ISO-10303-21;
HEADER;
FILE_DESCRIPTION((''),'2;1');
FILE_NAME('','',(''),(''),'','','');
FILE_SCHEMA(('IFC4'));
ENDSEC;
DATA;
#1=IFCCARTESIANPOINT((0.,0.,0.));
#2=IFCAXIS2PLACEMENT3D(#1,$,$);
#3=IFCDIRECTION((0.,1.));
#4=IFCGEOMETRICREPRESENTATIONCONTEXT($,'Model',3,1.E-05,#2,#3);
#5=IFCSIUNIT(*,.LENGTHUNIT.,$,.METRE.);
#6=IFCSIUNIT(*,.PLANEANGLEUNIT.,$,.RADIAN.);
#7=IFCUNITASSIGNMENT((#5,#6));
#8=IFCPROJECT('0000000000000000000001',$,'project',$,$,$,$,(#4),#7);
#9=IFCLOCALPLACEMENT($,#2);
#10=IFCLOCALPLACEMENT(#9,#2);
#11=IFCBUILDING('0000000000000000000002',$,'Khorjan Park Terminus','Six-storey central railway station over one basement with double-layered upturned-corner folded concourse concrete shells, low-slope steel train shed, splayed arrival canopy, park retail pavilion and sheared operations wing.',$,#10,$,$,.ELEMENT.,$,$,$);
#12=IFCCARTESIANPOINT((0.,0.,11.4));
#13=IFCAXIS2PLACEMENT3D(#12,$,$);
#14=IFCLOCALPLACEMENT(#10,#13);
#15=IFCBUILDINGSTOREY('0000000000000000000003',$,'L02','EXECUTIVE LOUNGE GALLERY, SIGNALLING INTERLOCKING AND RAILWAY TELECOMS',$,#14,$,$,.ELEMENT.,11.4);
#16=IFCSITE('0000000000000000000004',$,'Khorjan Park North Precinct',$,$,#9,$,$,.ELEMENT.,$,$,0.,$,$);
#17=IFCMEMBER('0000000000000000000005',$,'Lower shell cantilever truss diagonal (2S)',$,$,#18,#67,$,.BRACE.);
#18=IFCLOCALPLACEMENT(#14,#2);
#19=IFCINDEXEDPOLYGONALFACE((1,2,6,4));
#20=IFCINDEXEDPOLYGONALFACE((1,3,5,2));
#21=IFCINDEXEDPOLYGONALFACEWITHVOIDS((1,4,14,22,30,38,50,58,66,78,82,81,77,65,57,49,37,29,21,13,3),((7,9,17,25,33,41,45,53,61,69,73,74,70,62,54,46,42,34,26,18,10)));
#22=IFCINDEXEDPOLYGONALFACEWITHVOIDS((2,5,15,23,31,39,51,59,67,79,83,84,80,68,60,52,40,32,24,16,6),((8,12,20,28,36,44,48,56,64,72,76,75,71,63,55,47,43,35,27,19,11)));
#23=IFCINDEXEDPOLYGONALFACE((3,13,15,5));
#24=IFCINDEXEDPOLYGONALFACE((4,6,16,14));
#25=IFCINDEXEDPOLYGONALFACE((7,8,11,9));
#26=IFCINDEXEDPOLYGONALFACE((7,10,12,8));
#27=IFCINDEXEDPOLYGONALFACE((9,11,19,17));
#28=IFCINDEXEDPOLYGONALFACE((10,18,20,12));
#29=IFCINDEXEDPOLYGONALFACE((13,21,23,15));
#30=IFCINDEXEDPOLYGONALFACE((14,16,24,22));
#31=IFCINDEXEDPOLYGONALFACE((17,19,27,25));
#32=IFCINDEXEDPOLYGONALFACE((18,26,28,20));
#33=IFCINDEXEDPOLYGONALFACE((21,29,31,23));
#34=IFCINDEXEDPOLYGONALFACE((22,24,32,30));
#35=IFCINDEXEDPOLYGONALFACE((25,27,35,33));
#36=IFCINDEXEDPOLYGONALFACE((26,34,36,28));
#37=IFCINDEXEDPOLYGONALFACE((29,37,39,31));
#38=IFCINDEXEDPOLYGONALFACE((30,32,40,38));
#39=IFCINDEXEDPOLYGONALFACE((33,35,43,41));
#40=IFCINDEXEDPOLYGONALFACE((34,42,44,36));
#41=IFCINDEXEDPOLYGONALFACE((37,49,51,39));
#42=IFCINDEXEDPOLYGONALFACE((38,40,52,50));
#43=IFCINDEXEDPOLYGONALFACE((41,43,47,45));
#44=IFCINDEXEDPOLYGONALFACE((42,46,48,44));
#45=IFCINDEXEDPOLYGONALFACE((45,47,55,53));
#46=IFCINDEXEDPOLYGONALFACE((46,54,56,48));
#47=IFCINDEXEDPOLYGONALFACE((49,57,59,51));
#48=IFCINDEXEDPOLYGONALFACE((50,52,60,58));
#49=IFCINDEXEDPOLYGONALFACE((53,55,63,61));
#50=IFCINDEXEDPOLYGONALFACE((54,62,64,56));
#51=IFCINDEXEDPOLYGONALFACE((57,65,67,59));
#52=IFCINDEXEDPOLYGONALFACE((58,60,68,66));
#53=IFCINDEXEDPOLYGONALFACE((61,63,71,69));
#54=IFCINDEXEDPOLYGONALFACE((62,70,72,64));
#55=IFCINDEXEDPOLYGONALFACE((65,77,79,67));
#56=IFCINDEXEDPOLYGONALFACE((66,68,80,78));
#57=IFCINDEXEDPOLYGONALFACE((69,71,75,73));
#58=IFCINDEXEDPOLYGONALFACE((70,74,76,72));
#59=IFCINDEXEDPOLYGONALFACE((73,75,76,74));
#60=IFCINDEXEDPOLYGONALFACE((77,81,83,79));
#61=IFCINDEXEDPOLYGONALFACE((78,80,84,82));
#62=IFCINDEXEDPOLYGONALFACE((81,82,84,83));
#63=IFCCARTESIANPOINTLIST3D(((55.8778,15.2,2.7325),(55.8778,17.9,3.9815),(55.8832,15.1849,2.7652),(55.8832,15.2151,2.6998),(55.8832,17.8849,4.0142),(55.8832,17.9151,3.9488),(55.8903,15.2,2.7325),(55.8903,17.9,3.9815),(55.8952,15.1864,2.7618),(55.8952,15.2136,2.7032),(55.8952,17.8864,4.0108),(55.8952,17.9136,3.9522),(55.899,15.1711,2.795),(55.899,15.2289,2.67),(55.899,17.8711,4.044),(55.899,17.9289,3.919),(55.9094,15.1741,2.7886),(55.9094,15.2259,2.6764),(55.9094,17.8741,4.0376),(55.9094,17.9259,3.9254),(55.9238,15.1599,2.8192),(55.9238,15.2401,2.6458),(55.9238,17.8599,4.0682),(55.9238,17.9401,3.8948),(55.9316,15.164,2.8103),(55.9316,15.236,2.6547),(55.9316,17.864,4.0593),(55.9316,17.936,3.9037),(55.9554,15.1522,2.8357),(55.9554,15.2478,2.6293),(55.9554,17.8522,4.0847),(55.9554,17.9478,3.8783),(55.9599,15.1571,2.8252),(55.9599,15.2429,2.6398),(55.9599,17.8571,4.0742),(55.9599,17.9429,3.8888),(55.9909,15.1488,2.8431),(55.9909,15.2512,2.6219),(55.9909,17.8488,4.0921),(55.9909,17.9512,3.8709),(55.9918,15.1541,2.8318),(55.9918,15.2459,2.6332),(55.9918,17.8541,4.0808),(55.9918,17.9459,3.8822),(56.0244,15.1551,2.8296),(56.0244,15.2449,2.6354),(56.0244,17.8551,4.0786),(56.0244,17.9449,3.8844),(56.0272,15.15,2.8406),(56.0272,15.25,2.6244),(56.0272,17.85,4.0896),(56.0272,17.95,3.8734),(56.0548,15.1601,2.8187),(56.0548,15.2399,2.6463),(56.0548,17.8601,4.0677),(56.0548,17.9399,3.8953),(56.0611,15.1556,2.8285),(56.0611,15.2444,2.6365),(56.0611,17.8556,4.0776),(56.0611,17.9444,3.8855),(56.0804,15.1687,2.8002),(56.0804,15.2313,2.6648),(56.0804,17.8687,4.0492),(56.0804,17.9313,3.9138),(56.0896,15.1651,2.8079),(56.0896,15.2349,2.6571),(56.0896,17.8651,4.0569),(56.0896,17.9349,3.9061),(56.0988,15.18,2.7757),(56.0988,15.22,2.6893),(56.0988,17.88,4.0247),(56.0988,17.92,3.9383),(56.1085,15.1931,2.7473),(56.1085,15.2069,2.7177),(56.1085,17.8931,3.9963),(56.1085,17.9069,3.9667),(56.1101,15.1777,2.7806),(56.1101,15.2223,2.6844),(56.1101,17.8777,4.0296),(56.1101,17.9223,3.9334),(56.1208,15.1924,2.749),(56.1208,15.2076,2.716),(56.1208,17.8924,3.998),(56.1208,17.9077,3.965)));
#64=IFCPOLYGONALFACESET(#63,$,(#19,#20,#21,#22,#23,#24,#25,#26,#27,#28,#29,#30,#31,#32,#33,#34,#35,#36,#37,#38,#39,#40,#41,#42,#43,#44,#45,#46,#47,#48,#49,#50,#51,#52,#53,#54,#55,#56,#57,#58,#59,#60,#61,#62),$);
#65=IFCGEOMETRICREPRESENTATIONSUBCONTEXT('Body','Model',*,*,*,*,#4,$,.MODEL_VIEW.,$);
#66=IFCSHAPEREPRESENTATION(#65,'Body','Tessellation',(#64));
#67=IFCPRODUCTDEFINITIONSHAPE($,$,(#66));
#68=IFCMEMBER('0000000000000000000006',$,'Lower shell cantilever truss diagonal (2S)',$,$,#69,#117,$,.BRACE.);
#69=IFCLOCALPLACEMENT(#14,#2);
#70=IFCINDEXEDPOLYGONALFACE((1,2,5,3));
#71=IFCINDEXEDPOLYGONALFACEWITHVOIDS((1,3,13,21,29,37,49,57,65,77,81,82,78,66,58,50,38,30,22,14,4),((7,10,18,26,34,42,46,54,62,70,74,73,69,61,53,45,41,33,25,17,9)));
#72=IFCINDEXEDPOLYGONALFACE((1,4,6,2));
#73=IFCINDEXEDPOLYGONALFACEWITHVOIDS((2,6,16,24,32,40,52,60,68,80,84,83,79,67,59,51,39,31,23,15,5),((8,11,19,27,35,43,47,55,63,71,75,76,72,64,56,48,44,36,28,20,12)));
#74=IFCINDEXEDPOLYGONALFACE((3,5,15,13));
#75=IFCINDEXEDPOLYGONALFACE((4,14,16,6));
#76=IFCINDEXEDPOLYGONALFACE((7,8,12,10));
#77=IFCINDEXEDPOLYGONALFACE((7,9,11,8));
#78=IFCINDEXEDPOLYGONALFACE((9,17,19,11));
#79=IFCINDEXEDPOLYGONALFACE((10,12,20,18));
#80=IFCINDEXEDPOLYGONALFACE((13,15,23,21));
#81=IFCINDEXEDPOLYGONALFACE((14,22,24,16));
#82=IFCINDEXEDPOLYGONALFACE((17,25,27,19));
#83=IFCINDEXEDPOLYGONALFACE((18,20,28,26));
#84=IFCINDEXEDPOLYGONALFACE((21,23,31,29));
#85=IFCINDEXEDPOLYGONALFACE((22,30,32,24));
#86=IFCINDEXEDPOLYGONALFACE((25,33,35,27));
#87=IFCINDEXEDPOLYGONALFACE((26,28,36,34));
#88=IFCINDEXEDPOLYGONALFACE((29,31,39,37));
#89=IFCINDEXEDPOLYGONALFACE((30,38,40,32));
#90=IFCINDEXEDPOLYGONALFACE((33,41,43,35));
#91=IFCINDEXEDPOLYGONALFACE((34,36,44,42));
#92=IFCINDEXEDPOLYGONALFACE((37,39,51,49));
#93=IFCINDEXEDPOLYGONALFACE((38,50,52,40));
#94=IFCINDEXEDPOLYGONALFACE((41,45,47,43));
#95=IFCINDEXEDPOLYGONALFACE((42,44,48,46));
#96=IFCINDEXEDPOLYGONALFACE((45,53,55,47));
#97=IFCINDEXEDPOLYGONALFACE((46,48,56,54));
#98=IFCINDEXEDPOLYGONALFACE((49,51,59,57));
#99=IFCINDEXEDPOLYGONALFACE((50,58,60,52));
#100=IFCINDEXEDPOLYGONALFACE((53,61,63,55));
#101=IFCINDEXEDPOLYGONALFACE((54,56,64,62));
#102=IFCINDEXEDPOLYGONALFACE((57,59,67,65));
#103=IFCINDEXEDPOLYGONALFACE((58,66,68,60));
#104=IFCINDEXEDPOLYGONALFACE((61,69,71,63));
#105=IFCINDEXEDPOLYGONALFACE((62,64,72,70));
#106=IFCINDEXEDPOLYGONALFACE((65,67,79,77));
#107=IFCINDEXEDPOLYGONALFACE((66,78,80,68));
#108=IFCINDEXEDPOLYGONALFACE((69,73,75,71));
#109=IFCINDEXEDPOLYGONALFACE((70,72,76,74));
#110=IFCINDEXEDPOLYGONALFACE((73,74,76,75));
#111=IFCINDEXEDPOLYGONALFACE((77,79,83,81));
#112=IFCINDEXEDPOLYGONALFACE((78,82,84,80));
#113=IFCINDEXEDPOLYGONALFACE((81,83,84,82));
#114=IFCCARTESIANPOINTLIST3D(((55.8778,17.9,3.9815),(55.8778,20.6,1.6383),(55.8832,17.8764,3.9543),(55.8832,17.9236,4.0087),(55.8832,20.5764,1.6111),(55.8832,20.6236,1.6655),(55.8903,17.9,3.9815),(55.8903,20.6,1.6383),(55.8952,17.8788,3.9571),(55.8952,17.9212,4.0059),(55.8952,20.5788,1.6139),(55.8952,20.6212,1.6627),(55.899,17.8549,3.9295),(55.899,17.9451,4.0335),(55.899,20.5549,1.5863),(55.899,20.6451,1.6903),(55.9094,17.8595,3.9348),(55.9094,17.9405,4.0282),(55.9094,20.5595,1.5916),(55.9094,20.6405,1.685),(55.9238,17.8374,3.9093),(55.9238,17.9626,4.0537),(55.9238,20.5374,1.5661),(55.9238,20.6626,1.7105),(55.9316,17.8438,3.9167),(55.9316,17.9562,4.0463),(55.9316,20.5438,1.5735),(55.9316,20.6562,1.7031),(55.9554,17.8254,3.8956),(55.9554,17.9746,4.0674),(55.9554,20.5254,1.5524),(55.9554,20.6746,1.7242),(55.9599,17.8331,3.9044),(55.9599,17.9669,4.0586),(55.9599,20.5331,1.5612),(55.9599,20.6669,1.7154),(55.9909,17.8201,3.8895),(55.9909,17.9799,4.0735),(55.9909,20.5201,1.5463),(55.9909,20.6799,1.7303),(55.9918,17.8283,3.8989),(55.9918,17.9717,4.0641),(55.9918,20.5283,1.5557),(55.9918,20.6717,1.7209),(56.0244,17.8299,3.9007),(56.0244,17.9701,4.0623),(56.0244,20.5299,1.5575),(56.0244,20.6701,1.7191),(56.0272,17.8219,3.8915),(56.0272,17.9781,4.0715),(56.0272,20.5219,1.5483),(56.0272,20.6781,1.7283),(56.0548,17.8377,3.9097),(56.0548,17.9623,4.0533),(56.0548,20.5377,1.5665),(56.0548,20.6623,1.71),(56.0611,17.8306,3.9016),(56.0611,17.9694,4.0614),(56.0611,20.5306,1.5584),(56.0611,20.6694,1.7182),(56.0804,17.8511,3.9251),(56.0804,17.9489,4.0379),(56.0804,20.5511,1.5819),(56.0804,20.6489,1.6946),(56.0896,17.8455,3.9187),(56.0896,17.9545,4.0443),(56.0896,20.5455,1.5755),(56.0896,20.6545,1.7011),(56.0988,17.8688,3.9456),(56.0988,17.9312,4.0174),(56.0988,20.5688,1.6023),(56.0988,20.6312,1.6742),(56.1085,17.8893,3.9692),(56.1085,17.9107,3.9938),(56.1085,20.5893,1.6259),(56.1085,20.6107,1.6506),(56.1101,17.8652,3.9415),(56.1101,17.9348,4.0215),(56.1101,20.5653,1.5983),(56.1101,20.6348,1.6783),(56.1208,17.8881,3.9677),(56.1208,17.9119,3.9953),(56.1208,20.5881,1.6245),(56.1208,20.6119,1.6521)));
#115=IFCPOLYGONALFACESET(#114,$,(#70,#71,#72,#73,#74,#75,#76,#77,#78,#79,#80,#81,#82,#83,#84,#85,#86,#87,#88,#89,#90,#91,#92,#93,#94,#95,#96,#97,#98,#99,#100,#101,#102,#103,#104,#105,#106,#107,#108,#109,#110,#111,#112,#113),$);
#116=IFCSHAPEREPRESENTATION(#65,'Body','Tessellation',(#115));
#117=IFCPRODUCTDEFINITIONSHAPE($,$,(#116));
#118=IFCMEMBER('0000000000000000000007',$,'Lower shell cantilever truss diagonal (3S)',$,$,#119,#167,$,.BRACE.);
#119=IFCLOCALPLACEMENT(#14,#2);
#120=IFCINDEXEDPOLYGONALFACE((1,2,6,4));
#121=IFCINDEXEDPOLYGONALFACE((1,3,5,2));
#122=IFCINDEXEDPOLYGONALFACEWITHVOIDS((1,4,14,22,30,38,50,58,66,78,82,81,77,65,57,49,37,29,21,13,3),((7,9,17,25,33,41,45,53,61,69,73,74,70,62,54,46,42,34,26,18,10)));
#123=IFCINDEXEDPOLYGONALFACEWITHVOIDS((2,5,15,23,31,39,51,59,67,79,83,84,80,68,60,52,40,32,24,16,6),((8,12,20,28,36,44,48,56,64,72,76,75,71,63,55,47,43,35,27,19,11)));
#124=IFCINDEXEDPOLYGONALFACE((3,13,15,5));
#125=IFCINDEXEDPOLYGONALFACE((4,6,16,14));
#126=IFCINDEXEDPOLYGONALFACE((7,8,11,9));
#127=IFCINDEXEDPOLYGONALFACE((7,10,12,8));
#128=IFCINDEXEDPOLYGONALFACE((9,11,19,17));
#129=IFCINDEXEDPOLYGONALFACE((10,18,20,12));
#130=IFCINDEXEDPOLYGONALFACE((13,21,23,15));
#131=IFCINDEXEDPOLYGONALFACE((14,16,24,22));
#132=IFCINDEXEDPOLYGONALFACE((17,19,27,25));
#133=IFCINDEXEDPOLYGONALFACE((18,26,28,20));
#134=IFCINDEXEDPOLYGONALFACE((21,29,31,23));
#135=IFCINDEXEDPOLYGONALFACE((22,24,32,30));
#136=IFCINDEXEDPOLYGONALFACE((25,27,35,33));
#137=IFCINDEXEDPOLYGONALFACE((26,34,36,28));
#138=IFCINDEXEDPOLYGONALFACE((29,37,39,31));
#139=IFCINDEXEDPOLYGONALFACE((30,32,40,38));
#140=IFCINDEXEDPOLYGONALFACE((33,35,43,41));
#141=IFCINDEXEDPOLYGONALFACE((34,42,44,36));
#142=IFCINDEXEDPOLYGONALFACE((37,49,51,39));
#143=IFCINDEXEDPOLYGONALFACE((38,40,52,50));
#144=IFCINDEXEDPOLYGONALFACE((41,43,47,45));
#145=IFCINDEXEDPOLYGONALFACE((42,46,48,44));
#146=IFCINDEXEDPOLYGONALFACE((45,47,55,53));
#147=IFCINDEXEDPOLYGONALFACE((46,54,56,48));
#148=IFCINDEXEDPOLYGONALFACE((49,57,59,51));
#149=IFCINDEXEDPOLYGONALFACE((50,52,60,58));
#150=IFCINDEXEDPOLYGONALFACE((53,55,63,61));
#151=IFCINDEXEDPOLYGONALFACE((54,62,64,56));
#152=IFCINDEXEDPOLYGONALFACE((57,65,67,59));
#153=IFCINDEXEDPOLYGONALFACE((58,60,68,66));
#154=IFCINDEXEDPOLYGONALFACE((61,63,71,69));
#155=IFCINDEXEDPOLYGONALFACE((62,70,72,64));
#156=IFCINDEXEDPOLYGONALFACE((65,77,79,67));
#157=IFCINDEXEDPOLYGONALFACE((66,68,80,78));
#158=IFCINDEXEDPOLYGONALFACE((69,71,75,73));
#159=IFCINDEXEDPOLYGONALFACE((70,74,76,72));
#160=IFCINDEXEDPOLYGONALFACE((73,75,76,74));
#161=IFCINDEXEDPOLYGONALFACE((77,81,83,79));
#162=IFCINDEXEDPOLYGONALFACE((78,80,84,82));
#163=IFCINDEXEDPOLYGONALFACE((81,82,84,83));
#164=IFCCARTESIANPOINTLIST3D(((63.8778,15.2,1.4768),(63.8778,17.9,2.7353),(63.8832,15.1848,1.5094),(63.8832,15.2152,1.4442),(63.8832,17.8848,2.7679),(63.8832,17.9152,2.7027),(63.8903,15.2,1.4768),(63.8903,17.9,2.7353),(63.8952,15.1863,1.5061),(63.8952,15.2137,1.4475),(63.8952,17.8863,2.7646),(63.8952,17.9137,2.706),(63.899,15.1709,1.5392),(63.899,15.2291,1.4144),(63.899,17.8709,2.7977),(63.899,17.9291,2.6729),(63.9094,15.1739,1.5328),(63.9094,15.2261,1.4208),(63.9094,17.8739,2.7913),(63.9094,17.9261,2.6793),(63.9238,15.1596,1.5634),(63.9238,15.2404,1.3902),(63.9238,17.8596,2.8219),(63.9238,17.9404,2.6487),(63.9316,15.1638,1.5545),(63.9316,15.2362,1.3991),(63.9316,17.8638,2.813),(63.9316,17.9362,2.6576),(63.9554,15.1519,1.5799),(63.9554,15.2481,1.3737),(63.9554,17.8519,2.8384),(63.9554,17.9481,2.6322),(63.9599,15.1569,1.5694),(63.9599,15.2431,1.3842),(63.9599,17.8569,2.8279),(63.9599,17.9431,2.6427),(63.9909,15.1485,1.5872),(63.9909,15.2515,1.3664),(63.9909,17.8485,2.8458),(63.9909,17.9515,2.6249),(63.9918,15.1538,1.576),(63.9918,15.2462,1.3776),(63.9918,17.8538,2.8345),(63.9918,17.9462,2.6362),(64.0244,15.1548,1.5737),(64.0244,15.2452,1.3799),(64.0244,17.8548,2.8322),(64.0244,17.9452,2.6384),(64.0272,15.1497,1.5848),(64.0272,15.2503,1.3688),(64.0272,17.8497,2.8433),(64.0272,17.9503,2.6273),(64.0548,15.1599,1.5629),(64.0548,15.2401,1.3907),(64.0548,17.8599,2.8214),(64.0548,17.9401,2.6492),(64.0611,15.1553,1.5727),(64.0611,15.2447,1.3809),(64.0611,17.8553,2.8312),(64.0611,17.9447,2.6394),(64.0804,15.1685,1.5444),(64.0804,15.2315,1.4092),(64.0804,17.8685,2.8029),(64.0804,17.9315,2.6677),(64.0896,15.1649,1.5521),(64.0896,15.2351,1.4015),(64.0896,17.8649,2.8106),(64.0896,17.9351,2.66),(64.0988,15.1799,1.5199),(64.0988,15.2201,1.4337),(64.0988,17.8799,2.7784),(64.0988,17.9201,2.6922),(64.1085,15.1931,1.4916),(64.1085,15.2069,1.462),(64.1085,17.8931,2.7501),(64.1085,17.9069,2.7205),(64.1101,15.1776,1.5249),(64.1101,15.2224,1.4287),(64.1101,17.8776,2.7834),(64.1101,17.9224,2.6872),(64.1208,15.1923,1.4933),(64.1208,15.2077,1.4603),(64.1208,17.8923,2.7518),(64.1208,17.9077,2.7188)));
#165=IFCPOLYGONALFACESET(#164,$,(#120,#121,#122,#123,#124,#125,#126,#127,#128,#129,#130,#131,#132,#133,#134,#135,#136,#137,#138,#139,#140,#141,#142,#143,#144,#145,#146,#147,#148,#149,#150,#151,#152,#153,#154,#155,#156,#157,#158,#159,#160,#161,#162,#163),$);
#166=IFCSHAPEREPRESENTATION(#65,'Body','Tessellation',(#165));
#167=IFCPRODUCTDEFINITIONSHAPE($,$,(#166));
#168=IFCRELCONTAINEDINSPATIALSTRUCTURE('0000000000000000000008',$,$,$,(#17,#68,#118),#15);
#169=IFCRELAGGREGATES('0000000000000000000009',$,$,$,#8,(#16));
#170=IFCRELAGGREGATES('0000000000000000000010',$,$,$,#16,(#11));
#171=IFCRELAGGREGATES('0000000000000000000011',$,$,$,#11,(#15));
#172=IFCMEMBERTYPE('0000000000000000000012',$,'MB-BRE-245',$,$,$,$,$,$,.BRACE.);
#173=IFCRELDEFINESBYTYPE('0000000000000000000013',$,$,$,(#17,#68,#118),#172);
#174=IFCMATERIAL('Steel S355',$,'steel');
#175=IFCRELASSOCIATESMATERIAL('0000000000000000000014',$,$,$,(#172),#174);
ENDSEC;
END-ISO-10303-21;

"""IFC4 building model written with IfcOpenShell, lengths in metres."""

from ifc_helpers import new_model, si_unit, direction, frame, origin, origin_2d, place, context, subcontext, project, spatial, hollow_circle, extrude, material, material_profile, profile_set, type_object, element, save


model = new_model("IFC4")

# Units and contexts
model_context = context("Model", 3, precision=1e-05, world=origin(), true_north=direction((0.0, 1.0)))
body_context = subcontext(model_context, "Body", "Model", "MODEL_VIEW")
ifc_project = project(units=[si_unit("LENGTHUNIT", "METRE"), si_unit("PLANEANGLEUNIT", "RADIAN")], contexts=[model_context])

# Site, building, storey
site_placement = place(None, origin())
site = spatial("IfcSite", under=ifc_project, at=site_placement, Name="Khorjan Park North Precinct", CompositionType="ELEMENT", RefElevation=0.0)
building_placement = place(site_placement, origin())
building = spatial("IfcBuilding", under=site, at=building_placement, Name="Khorjan Park Terminus", Description="Six-storey central railway station over one basement with double-layered upturned-corner folded concourse concrete shells, low-slope steel train shed, splayed arrival canopy, park retail pavilion and sheared operations wing.", CompositionType="ELEMENT")
storey_placement = place(building_placement, frame((0.0, 0.0, 11.4)))
storey = spatial("IfcBuildingStorey", under=building, at=storey_placement, Name="L02", Description="EXECUTIVE LOUNGE GALLERY, SIGNALLING INTERLOCKING AND RAILWAY TELECOMS", CompositionType="ELEMENT", Elevation=11.4)

# Members
ifc_material_1 = material(Name="Steel S355", Category="steel")
ifc_material_profile_1 = material_profile(ifc_material_1, hollow_circle(Radius=0.1222, WallThickness=0.0125, at=origin_2d()), Name="CHS 244.5x12.5")
ifc_profile_set_1 = profile_set([ifc_material_profile_1], Name="Steel S355")
member_type_1 = type_object("IfcMemberType", Name="MB-BRE-245", PredefinedType="BRACE", material=ifc_profile_set_1)
member_1_placement = place(storey_placement, frame((56.0, 15.2, 2.7325), z_axis=(0.0, 0.907595, 0.419847), x_axis=(-1.0, 0.0, 0.0)))
element("IfcMember", 1, at=member_1_placement, inside=storey, type_object=member_type_1, Name="Lower shell cantilever truss diagonal (2S)", PredefinedType="BRACE", context=body_context, shape_type="SweptSolid", body=[
    extrude(hollow_circle(Radius=0.1222, WallThickness=0.0125, at=origin_2d()), origin(), (0.0, 0.0, 1.0), 2.9749),
])
member_2_placement = place(storey_placement, frame((56.0, 17.9, 3.9815), z_axis=(0.0, 0.755246, -0.655442), x_axis=(-1.0, 0.0, 0.0)))
element("IfcMember", 2, at=member_2_placement, inside=storey, type_object=member_type_1, Name="Lower shell cantilever truss diagonal (2S)", PredefinedType="BRACE", context=body_context, shape_type="SweptSolid", body=[
    extrude(hollow_circle(Radius=0.1222, WallThickness=0.0125, at=origin_2d()), origin(), (0.0, 0.0, 1.0), 3.575),
])
member_3_placement = place(storey_placement, frame((64.0, 15.2, 1.4768), z_axis=(0.0, 0.906376, 0.422472), x_axis=(-1.0, 0.0, 0.0)))
element("IfcMember", 3, at=member_3_placement, inside=storey, type_object=member_type_1, Name="Lower shell cantilever truss diagonal (3S)", PredefinedType="BRACE", context=body_context, shape_type="SweptSolid", body=[
    extrude(hollow_circle(Radius=0.1222, WallThickness=0.0125, at=origin_2d()), origin(), (0.0, 0.0, 1.0), 2.9789),
])

save(model, "model.ifc")
